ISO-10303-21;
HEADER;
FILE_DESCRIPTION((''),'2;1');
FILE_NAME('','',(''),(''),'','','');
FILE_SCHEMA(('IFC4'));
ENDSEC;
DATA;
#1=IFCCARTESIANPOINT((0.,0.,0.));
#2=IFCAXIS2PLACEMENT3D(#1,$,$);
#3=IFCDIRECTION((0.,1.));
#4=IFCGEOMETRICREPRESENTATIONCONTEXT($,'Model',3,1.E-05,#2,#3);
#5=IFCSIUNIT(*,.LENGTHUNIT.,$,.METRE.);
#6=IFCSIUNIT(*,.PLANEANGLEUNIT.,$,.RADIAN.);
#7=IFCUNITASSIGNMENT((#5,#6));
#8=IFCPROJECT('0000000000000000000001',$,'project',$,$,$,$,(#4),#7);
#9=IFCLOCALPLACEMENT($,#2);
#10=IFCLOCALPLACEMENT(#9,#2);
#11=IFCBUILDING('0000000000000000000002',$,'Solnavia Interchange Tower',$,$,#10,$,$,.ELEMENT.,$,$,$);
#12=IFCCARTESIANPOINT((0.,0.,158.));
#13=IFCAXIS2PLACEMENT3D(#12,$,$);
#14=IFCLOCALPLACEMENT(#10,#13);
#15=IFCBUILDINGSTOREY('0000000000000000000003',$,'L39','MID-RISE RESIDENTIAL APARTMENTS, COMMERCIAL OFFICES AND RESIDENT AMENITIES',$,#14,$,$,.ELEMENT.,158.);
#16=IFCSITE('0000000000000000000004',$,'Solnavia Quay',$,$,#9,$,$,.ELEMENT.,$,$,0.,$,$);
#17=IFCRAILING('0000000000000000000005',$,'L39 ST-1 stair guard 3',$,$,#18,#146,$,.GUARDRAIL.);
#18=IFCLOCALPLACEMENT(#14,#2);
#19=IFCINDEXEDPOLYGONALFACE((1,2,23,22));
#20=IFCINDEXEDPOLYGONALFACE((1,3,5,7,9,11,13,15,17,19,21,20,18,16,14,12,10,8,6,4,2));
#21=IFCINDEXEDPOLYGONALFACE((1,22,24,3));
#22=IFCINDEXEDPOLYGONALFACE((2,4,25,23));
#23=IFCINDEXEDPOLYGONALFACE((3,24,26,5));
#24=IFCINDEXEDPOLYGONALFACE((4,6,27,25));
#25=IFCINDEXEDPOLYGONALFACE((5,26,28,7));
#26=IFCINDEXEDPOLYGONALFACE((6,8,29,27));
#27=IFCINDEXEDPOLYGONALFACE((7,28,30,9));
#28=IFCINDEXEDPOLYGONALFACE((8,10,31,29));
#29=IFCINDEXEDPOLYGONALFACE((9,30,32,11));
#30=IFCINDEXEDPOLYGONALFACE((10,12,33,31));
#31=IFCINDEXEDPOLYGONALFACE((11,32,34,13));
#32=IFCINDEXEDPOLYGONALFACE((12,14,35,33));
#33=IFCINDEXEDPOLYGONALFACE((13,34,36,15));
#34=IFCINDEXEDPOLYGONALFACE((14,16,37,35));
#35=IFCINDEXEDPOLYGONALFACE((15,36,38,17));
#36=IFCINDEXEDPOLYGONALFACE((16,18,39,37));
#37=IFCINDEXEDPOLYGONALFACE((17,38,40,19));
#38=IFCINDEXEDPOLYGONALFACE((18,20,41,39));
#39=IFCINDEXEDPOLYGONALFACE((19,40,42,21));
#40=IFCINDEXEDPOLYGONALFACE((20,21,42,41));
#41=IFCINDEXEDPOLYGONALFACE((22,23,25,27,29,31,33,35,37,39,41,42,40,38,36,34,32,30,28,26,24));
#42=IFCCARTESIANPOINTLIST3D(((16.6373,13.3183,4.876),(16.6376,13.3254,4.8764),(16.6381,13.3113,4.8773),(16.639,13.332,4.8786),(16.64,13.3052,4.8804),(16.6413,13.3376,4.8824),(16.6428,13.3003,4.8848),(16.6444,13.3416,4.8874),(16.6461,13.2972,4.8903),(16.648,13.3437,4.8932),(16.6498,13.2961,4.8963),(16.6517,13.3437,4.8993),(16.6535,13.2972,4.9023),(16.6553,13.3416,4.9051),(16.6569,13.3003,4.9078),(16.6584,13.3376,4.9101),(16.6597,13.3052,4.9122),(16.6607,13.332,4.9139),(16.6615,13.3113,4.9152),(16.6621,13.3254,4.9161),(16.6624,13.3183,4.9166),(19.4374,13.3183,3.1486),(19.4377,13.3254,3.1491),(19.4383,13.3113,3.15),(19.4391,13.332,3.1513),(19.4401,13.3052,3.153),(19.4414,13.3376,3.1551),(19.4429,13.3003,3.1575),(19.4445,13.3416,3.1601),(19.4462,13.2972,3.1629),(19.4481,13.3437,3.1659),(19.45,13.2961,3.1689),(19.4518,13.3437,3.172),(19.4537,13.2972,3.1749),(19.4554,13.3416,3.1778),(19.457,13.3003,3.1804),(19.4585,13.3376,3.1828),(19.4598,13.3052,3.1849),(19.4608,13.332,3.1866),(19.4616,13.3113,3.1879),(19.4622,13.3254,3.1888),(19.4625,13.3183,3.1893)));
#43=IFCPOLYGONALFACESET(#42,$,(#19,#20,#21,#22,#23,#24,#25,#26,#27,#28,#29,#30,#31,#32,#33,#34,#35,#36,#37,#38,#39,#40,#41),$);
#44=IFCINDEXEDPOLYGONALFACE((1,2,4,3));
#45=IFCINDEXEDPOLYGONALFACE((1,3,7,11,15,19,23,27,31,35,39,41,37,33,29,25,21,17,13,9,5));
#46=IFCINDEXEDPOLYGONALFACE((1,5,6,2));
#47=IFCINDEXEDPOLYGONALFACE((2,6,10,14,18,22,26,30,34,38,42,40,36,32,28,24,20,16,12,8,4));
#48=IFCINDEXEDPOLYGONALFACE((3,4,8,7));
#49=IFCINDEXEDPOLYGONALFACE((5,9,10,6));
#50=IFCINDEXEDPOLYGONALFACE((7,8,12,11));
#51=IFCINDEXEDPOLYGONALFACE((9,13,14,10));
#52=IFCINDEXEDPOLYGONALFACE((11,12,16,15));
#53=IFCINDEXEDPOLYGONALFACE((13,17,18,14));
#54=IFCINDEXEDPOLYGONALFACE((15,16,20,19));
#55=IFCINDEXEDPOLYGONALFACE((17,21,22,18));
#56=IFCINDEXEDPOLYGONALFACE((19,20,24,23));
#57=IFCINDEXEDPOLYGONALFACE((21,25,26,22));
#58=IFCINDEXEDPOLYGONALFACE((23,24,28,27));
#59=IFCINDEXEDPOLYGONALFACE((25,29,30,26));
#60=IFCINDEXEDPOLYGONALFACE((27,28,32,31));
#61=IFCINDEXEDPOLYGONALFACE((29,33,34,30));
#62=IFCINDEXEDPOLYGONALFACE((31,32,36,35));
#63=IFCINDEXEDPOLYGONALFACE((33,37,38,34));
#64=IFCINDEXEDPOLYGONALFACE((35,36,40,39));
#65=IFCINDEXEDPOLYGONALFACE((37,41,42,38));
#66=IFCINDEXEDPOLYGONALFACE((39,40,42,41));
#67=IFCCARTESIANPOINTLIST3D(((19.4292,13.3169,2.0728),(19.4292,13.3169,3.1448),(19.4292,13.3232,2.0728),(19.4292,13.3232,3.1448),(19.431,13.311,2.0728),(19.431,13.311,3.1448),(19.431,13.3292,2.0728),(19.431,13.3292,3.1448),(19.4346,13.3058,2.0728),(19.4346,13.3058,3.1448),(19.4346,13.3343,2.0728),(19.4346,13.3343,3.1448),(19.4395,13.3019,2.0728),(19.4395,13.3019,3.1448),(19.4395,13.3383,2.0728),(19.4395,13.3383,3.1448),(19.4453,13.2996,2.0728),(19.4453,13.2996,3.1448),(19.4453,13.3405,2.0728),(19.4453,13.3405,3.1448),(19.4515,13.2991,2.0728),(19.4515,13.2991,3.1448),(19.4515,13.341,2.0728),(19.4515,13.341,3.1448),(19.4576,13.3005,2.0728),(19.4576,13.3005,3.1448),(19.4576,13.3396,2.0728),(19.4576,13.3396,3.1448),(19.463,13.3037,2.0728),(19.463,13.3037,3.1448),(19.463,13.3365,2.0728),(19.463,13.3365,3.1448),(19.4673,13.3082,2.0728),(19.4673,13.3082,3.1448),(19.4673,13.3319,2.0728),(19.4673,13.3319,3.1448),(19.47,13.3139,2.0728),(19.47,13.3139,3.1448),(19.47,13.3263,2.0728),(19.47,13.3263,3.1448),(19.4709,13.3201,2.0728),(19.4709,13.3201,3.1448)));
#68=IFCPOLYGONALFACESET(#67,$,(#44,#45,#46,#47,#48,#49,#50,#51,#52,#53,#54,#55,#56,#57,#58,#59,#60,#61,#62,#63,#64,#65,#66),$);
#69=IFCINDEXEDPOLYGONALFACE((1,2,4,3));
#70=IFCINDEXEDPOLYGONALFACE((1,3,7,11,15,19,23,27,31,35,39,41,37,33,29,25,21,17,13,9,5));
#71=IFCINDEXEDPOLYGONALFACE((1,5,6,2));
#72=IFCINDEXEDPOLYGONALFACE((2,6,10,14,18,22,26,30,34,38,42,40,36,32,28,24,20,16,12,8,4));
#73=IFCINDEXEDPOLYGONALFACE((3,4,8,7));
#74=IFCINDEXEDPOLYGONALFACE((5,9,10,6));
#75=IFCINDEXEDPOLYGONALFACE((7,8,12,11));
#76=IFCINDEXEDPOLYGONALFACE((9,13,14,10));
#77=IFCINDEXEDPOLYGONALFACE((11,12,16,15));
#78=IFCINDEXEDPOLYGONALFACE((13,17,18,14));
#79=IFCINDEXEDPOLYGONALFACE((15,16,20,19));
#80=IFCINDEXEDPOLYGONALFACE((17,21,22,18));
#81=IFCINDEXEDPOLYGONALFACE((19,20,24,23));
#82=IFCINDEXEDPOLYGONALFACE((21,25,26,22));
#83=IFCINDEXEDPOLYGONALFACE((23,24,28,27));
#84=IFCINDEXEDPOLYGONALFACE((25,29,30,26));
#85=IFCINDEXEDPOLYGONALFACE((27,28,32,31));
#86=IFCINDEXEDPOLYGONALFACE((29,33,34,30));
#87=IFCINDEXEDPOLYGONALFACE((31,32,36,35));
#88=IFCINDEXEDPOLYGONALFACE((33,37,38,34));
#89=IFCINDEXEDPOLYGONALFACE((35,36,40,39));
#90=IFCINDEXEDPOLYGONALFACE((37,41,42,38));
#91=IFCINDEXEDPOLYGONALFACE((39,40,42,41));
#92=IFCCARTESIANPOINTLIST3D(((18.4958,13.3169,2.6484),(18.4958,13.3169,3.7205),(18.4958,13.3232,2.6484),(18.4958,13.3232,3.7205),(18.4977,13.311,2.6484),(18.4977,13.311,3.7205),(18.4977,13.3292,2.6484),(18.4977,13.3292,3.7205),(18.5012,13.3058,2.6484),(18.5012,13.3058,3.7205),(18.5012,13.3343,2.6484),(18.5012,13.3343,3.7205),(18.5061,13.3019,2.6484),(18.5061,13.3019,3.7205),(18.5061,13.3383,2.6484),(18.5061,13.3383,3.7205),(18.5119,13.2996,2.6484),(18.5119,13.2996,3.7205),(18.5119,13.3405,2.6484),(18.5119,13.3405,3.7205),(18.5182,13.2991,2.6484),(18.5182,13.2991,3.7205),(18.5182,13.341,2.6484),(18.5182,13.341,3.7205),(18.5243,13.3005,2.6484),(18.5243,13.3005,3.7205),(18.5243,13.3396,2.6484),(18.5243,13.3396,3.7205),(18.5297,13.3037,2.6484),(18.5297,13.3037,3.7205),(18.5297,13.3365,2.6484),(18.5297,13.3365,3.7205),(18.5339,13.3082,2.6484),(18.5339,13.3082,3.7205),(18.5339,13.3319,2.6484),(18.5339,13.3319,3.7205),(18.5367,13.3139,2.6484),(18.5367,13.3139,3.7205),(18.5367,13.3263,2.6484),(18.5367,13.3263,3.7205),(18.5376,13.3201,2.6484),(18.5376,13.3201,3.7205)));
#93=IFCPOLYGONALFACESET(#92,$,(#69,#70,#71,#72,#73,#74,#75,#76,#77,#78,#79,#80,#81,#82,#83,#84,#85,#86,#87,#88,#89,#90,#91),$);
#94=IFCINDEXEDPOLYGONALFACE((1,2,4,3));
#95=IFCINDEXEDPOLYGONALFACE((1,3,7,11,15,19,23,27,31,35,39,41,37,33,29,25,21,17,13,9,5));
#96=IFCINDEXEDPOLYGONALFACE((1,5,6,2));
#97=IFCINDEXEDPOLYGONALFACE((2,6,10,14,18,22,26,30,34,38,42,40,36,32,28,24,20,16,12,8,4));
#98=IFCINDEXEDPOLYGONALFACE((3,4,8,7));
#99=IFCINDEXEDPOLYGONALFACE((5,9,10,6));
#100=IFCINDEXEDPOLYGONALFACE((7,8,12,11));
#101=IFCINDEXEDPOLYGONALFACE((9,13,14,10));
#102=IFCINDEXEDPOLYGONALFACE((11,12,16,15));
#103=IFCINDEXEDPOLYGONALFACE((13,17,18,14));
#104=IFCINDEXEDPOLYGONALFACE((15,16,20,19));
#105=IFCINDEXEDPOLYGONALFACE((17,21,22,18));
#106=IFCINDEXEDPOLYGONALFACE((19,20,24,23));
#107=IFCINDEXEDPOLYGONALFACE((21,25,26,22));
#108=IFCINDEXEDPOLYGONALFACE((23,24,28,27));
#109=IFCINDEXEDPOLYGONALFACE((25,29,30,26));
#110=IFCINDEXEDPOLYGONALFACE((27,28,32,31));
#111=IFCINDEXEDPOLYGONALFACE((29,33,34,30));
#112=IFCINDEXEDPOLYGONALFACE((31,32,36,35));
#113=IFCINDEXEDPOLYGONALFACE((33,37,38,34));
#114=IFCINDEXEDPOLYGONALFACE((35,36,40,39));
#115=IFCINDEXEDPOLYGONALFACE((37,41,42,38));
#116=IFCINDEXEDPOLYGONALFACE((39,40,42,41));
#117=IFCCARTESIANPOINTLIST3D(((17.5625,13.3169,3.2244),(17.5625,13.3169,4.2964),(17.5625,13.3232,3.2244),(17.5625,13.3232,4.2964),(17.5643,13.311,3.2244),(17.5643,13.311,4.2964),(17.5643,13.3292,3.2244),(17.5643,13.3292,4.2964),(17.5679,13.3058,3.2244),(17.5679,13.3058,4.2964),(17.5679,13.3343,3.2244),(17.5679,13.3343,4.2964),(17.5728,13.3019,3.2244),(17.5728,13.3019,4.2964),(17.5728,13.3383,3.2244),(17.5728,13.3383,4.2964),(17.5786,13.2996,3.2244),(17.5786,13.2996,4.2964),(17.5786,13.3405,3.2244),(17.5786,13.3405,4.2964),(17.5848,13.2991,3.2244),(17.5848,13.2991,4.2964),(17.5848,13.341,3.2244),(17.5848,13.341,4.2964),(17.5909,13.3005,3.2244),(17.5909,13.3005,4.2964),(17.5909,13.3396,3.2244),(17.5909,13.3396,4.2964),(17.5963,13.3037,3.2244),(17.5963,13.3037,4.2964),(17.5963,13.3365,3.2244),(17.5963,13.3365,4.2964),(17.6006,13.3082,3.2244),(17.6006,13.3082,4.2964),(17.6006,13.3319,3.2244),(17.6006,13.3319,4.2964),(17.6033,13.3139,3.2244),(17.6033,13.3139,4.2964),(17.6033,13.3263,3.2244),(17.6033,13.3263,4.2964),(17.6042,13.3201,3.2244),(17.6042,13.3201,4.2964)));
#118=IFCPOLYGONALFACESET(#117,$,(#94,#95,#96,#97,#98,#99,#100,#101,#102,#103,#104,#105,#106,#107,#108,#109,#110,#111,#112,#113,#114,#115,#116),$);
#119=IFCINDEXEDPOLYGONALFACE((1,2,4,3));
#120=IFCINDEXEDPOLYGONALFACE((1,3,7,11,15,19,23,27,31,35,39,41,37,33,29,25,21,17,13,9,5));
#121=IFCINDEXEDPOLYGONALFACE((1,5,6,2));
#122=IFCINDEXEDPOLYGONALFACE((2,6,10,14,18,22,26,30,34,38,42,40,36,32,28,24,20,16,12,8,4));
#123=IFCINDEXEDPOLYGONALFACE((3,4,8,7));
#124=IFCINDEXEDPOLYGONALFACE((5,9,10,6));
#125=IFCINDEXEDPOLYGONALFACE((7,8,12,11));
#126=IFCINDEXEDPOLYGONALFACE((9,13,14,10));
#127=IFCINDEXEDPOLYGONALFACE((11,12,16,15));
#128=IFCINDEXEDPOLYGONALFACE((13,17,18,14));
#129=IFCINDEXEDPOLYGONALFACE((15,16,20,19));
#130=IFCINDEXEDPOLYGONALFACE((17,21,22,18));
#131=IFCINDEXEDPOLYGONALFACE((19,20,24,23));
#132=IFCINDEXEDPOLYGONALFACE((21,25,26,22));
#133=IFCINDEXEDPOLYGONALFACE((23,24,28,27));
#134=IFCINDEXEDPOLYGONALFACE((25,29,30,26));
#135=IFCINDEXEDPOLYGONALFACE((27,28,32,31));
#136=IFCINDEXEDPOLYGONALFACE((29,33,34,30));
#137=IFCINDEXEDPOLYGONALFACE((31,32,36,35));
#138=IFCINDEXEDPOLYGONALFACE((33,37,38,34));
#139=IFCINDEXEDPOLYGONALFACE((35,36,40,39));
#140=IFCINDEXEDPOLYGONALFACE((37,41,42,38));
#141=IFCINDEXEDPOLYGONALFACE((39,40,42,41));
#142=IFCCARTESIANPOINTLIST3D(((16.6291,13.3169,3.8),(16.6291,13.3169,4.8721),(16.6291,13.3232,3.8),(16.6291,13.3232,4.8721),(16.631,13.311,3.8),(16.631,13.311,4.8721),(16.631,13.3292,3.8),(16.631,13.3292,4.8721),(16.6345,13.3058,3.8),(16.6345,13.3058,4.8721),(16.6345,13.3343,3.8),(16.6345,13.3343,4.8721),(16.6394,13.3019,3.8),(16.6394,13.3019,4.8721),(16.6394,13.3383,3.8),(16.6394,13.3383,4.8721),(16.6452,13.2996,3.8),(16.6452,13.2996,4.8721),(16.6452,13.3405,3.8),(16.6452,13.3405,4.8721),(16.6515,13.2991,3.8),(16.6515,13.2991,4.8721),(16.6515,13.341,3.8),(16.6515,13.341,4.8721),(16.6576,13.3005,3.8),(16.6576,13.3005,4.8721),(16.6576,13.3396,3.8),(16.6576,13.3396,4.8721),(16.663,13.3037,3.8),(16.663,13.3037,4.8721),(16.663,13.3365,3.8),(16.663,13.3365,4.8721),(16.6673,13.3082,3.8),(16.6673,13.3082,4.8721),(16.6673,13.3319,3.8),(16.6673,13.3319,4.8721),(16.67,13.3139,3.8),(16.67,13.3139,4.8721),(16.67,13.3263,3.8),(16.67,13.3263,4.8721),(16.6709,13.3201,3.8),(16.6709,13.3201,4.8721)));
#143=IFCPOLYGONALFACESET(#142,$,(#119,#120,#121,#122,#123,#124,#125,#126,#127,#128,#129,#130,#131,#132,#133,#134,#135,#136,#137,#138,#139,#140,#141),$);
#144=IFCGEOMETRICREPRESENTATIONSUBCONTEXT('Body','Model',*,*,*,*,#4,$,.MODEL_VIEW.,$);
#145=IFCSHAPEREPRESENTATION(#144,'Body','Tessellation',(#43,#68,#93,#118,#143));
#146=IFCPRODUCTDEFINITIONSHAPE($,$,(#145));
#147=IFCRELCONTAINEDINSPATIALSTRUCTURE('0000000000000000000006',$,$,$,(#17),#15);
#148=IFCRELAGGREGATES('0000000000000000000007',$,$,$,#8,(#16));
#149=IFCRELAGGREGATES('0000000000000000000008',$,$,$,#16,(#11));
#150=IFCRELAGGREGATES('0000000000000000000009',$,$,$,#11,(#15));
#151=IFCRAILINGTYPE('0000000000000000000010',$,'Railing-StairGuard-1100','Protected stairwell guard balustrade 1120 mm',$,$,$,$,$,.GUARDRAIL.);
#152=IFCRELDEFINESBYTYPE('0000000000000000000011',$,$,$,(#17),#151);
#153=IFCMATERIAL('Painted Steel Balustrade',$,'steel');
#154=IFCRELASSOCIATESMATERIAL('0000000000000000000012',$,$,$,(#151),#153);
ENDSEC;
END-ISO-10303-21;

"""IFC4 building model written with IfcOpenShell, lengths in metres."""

from ifc_helpers import new_model, si_unit, direction, frame, origin, origin_2d, place, context, subcontext, project, spatial, circle, extrude, material, type_object, element, save


model = new_model("IFC4")

# Units and contexts
model_context = context("Model", 3, precision=1e-05, world=origin(), true_north=direction((0.0, 1.0)))
body_context = subcontext(model_context, "Body", "Model", "MODEL_VIEW")
ifc_project = project(units=[si_unit("LENGTHUNIT", "METRE"), si_unit("PLANEANGLEUNIT", "RADIAN")], contexts=[model_context])

# Site, building, storey
site_placement = place(None, origin())
site = spatial("IfcSite", under=ifc_project, at=site_placement, Name="Solnavia Quay", CompositionType="ELEMENT", RefElevation=0.0)
building_placement = place(site_placement, origin())
building = spatial("IfcBuilding", under=site, at=building_placement, Name="Solnavia Interchange Tower", CompositionType="ELEMENT")
storey_placement = place(building_placement, frame((0.0, 0.0, 158.0)))
storey = spatial("IfcBuildingStorey", under=building, at=storey_placement, Name="L39", Description="MID-RISE RESIDENTIAL APARTMENTS, COMMERCIAL OFFICES AND RESIDENT AMENITIES", CompositionType="ELEMENT", Elevation=158.0)

# Railing
ifc_material_1 = material(Name="Painted Steel Balustrade", Category="steel")
railing_type_1 = type_object("IfcRailingType", Name="Railing-StairGuard-1100", Description="Protected stairwell guard balustrade 1120 mm", PredefinedType="GUARDRAIL", material=ifc_material_1)
railing_1_placement = place(storey_placement, frame((19.45, 13.3201, 2.0728)))
element("IfcRailing", 1, at=railing_1_placement, inside=storey, type_object=railing_type_1, Name="L39 ST-1 stair guard 3", PredefinedType="GUARDRAIL", context=body_context, shape_type="SweptSolid", body=[
    extrude(circle(Radius=0.0239, at=origin_2d()), frame((0.0, 0.0, 1.0962), z_axis=(-0.85109, 0.0, 0.52502), x_axis=(0.0, -1.0, 0.0)), (0.0, 0.0, 1.0), 3.29),
    extrude(circle(Radius=0.021, at=origin_2d()), origin(), (0.0, 0.0, 1.0), 1.072),
    extrude(circle(Radius=0.021, at=origin_2d()), frame((-0.9333, 0.0, 0.5757)), (0.0, 0.0, 1.0), 1.072),
    extrude(circle(Radius=0.021, at=origin_2d()), frame((-1.8667, 0.0, 1.1516)), (0.0, 0.0, 1.0), 1.072),
    extrude(circle(Radius=0.021, at=origin_2d()), frame((-2.8, 0.0, 1.7273)), (0.0, 0.0, 1.0), 1.072),
])

save(model, "model.ifc")
